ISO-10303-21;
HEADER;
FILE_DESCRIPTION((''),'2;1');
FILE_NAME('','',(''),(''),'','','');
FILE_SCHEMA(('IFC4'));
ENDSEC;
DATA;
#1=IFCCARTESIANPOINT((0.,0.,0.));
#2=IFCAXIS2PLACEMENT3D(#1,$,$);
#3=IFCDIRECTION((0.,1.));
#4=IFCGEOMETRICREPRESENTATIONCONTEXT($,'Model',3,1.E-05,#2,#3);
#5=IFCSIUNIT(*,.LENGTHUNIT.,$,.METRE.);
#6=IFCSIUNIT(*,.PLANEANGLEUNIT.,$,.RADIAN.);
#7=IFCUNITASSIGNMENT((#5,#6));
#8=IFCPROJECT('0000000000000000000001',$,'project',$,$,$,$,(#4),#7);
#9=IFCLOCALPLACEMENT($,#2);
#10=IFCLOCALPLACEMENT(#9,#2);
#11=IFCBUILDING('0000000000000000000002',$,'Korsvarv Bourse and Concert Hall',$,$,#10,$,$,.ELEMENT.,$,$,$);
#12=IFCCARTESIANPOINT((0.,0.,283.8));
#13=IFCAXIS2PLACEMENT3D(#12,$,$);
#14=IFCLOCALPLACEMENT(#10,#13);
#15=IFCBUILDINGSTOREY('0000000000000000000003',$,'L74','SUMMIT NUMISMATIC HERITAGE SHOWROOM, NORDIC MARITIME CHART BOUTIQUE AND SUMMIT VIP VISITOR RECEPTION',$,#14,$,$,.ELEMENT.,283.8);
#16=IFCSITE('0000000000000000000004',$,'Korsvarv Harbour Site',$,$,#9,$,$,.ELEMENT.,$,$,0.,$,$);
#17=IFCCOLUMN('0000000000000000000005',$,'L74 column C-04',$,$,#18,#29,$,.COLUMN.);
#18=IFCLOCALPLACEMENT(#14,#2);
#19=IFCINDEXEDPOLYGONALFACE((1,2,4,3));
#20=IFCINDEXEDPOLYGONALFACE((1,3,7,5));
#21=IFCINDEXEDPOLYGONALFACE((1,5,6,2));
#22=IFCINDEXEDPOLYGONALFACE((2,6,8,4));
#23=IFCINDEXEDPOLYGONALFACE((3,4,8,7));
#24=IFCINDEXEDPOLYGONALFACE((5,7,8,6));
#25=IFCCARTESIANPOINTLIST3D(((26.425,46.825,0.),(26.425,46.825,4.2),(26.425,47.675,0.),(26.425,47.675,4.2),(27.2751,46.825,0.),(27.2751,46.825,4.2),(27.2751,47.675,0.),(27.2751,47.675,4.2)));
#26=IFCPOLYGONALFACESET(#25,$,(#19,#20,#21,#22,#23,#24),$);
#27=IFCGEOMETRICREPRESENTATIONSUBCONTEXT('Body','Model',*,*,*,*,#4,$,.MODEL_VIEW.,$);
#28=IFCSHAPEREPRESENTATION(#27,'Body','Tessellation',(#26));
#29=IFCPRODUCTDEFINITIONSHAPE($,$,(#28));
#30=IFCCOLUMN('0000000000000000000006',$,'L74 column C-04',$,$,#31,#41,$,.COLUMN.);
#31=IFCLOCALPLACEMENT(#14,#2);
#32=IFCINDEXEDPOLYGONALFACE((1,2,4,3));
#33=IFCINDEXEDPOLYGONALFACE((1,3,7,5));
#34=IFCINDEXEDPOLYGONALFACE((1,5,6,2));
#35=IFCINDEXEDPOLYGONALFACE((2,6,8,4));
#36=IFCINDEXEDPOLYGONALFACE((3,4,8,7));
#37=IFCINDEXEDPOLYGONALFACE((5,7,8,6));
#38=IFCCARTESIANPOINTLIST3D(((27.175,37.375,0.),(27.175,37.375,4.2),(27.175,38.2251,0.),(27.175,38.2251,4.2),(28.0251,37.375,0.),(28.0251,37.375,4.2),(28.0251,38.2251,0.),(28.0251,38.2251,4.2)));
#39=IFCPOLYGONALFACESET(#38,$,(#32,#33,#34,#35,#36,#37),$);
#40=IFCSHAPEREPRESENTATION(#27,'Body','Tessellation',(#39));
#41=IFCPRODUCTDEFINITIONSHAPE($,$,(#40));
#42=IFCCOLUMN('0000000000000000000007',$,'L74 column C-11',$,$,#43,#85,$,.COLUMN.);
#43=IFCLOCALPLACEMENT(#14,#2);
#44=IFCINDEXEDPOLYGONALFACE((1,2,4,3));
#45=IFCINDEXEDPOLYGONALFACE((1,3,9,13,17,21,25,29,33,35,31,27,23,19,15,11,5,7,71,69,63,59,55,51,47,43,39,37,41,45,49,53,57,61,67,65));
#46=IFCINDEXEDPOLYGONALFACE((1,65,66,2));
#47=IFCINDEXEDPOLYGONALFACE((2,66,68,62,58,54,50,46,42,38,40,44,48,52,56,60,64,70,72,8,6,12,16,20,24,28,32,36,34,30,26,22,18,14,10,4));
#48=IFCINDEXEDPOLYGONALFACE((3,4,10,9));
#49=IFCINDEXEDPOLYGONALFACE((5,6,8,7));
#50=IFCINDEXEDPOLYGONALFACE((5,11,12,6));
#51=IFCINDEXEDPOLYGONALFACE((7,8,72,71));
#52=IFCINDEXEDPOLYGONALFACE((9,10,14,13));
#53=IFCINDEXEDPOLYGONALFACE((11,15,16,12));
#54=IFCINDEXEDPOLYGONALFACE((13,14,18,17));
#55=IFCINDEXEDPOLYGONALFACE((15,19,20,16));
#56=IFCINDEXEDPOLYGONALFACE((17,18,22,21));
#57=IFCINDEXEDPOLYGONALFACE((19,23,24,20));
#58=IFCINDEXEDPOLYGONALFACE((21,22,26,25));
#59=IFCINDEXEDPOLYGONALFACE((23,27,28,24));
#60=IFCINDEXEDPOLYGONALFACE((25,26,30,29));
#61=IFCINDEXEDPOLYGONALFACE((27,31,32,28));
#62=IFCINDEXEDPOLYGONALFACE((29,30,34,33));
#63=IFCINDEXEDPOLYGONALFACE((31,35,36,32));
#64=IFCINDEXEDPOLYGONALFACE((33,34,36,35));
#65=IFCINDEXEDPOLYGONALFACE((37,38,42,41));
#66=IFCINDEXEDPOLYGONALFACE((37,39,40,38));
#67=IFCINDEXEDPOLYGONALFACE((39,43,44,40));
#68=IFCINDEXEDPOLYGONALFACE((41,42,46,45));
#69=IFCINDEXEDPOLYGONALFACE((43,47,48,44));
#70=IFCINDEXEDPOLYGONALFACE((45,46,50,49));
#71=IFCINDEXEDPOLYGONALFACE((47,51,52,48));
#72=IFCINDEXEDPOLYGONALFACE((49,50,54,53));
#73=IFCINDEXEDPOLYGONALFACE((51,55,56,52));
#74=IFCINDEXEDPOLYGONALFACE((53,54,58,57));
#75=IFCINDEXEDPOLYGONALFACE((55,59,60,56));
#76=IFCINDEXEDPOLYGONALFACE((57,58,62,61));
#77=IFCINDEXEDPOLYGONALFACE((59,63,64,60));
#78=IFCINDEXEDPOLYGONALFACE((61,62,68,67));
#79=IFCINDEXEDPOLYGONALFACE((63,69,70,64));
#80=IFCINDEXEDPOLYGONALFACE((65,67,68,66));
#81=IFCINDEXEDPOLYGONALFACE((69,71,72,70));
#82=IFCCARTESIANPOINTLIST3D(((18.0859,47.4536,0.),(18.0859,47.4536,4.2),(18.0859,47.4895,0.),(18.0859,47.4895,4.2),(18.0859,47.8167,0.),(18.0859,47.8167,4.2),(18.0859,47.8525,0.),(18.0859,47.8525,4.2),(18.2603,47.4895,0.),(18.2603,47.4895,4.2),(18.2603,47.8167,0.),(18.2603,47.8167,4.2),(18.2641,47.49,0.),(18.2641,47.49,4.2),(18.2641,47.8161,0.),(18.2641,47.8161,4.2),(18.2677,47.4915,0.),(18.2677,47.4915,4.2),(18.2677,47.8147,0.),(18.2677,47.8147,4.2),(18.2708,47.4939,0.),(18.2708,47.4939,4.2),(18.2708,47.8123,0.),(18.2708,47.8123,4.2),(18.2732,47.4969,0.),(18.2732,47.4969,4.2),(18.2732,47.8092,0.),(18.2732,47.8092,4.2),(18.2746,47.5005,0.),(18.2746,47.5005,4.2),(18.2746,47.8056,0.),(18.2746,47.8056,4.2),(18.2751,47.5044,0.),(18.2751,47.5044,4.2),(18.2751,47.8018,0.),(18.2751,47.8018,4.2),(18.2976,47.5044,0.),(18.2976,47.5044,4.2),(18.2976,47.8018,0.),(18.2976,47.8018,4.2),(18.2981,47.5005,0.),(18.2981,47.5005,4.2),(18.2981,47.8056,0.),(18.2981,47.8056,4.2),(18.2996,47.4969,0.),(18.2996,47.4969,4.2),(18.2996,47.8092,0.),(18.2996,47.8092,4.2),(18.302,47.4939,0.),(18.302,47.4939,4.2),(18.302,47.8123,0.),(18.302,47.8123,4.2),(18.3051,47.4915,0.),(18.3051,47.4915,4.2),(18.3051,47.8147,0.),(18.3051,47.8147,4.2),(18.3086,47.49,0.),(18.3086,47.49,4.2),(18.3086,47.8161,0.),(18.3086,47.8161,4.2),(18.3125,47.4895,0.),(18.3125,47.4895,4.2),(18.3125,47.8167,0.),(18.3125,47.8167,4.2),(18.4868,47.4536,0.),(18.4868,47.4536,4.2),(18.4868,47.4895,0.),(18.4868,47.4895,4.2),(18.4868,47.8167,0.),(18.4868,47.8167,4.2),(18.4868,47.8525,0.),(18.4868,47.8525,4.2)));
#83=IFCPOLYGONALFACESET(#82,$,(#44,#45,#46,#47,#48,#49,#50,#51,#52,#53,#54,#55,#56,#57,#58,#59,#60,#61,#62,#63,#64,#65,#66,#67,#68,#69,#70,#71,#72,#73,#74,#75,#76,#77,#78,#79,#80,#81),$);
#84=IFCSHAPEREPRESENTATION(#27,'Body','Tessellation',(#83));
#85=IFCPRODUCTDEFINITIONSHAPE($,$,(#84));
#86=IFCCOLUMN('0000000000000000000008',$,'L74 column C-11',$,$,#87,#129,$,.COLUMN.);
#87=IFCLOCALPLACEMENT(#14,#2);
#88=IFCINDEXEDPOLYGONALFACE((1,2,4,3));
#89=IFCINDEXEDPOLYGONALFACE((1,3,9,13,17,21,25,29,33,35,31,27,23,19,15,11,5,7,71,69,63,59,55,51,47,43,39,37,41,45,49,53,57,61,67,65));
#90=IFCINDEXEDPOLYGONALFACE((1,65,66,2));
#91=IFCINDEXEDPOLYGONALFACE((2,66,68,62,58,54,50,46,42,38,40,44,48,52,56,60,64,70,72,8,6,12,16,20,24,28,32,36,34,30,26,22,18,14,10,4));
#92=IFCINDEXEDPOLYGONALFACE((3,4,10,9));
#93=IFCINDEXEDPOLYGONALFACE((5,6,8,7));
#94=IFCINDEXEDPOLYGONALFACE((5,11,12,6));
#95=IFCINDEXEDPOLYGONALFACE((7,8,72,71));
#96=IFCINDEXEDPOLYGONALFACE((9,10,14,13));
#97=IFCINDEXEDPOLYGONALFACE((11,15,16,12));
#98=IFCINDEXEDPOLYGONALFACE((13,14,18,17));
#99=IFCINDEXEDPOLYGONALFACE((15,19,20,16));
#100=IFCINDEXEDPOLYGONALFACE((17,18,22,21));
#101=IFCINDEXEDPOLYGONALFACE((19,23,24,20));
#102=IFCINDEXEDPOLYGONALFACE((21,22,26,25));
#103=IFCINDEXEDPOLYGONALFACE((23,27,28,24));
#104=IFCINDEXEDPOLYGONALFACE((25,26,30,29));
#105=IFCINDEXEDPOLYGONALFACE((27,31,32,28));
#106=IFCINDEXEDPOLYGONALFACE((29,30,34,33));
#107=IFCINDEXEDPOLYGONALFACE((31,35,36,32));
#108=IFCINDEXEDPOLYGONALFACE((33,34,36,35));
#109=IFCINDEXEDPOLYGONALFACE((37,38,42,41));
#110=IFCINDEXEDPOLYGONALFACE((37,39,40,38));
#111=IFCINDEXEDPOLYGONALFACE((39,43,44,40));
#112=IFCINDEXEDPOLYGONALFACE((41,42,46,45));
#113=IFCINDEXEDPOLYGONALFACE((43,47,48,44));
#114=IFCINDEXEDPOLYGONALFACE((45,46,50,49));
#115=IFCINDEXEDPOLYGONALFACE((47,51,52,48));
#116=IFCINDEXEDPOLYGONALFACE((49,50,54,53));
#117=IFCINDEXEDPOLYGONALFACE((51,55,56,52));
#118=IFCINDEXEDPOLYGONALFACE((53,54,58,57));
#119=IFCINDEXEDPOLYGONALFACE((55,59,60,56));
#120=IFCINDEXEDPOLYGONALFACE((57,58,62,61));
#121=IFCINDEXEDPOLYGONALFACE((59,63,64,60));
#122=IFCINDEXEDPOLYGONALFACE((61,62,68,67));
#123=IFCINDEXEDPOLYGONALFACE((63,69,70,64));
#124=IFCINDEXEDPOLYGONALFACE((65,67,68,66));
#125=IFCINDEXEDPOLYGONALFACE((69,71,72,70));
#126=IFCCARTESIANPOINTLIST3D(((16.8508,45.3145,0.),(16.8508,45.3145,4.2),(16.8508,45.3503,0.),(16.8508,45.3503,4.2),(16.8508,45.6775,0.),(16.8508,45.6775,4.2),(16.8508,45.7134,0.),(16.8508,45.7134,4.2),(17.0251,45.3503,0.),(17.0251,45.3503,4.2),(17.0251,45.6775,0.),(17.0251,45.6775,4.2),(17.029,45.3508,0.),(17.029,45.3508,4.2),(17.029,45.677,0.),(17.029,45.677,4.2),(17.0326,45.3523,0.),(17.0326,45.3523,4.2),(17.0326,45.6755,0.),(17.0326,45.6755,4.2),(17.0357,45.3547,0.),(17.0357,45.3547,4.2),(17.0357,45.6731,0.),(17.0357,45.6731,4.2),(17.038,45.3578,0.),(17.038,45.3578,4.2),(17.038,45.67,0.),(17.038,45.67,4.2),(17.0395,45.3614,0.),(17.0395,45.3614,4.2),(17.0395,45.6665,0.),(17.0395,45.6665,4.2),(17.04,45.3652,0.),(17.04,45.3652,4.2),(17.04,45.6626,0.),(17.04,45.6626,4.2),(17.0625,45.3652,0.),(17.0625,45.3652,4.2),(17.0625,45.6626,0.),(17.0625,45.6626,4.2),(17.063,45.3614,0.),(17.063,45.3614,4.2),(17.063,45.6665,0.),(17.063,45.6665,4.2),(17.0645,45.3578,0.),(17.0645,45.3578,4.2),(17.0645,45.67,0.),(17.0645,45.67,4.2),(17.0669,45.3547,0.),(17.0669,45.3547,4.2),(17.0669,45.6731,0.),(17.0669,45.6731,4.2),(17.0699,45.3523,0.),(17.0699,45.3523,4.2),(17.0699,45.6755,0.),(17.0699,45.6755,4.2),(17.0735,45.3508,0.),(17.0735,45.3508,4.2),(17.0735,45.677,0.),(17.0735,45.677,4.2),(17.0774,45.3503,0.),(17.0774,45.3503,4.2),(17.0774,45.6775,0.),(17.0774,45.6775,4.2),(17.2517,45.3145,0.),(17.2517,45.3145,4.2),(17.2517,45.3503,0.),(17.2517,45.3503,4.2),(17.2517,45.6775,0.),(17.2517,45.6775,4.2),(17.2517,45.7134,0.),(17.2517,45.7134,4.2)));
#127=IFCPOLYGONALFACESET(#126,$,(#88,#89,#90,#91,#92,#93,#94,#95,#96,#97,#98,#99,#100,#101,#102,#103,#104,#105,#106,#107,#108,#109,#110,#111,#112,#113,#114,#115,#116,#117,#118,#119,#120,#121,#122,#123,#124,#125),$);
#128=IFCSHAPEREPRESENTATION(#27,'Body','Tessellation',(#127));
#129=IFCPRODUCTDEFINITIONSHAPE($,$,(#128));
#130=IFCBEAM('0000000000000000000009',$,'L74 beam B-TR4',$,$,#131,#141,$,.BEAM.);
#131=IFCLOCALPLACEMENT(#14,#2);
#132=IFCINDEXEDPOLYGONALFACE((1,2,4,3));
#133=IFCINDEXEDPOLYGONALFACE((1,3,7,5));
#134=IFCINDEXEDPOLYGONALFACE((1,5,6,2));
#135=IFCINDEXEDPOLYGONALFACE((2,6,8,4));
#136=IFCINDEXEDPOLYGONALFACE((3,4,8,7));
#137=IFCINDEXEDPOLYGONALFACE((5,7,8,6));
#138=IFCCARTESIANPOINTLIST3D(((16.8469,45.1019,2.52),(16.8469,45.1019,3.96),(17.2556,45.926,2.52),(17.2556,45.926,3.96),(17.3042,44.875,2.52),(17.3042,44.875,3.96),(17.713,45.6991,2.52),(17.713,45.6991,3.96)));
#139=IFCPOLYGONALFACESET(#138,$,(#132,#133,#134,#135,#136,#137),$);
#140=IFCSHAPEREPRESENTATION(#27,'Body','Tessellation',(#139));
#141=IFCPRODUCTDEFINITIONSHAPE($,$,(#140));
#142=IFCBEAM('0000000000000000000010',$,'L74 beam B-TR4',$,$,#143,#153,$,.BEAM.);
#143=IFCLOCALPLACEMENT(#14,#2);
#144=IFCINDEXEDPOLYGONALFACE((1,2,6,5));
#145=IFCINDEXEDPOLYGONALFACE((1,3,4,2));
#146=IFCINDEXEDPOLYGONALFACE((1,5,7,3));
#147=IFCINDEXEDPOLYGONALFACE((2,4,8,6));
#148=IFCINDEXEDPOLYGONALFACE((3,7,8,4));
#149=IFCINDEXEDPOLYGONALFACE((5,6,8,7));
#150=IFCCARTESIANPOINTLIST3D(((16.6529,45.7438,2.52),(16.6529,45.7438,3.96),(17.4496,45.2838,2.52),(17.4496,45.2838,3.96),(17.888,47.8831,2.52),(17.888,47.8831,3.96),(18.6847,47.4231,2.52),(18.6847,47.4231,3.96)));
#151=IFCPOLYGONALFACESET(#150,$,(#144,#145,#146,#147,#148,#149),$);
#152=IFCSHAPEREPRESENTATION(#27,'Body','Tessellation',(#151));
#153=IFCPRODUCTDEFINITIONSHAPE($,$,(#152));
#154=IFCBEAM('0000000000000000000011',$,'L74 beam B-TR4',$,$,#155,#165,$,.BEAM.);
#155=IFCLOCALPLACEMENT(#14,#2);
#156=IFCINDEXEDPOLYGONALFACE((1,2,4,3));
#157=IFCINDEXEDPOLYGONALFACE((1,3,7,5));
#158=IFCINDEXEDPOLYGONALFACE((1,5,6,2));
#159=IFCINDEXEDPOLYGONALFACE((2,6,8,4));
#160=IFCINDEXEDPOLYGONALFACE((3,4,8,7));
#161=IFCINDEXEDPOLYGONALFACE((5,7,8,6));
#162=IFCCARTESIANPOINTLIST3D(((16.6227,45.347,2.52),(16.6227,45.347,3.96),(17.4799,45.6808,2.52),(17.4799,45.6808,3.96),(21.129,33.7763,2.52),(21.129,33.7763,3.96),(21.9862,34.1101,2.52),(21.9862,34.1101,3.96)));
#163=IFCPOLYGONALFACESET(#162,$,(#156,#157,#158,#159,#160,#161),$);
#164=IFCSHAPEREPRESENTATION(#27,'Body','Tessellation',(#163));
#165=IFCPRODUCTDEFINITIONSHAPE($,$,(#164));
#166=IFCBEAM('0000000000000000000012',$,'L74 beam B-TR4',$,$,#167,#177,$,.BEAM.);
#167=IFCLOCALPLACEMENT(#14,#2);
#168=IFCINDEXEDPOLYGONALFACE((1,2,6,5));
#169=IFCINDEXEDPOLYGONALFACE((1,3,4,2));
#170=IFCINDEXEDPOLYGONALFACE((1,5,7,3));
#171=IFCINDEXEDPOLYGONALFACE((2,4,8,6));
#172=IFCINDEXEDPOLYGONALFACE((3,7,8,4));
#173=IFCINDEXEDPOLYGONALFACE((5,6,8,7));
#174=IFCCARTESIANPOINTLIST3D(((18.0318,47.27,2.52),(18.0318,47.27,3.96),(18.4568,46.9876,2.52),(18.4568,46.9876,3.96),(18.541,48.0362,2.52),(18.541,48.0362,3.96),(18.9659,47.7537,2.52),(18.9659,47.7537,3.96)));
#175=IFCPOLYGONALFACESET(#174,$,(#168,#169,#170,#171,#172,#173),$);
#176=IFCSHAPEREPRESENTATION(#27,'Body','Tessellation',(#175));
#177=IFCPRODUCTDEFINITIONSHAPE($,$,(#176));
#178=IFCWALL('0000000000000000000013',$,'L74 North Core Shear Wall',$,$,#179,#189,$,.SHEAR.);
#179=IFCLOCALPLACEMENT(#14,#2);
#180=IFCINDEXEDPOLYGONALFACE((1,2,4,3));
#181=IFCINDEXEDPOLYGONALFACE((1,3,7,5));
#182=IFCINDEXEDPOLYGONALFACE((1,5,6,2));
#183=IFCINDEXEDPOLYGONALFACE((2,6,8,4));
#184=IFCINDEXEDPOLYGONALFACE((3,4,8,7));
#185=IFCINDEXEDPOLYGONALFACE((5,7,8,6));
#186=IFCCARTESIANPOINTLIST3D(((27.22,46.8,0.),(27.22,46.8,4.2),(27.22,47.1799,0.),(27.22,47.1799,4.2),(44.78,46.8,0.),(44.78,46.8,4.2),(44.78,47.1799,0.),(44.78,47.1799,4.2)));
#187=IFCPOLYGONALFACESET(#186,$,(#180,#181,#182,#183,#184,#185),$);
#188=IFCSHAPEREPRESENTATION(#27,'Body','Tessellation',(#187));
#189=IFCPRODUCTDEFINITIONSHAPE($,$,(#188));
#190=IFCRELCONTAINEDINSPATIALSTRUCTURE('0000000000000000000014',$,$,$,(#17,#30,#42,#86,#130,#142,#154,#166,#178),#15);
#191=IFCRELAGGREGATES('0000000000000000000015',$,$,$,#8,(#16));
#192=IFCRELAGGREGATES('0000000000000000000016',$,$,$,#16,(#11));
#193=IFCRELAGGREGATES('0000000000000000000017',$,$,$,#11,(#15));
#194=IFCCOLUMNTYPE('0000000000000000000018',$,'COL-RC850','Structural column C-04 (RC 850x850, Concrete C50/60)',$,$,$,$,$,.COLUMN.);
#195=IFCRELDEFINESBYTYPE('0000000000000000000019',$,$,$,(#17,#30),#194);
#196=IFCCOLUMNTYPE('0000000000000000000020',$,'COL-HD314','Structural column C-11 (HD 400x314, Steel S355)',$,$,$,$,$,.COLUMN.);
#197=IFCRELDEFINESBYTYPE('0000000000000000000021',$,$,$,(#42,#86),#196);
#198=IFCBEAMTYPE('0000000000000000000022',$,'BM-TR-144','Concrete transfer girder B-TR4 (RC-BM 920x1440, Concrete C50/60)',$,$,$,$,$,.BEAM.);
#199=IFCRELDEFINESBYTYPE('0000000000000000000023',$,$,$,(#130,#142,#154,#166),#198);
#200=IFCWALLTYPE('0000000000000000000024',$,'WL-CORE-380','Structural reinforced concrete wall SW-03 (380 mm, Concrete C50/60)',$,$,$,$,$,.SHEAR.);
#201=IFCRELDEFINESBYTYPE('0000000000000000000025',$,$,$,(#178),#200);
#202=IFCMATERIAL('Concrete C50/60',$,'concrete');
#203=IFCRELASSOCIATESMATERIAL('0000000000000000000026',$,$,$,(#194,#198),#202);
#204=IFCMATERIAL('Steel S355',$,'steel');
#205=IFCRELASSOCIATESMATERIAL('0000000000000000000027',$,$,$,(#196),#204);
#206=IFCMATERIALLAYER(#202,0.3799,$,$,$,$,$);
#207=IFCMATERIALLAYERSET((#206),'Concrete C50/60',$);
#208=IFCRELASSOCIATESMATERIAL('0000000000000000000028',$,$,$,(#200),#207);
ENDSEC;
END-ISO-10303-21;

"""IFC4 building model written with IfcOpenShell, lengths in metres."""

from ifc_helpers import new_model, si_unit, direction, frame, frame_2d, origin, origin_2d, place, context, subcontext, project, spatial, rectangle, i_section, extrude, source, transform, mapped, material, layer, layer_set, material_profile, profile_set, type_object, element, save


model = new_model("IFC4")

# Units and contexts
model_context = context("Model", 3, precision=1e-05, world=origin(), true_north=direction((0.0, 1.0)))
body_context = subcontext(model_context, "Body", "Model", "MODEL_VIEW")
ifc_project = project(units=[si_unit("LENGTHUNIT", "METRE"), si_unit("PLANEANGLEUNIT", "RADIAN")], contexts=[model_context])

# Site, building, storey
site_placement = place(None, origin())
site = spatial("IfcSite", under=ifc_project, at=site_placement, Name="Korsvarv Harbour Site", CompositionType="ELEMENT", RefElevation=0.0)
building_placement = place(site_placement, origin())
building = spatial("IfcBuilding", under=site, at=building_placement, Name="Korsvarv Bourse and Concert Hall", CompositionType="ELEMENT")
storey_placement = place(building_placement, frame((0.0, 0.0, 283.8)))
storey = spatial("IfcBuildingStorey", under=building, at=storey_placement, Name="L74", Description="SUMMIT NUMISMATIC HERITAGE SHOWROOM, NORDIC MARITIME CHART BOUTIQUE AND SUMMIT VIP VISITOR RECEPTION", CompositionType="ELEMENT", Elevation=283.8)

# Columns
ifc_material_1 = material(Name="Concrete C50/60", Category="concrete")
ifc_material_profile_1 = material_profile(ifc_material_1, rectangle(XDim=0.8501, YDim=0.8501, at=origin_2d()), Name="RC 850x850")
ifc_profile_set_1 = profile_set([ifc_material_profile_1], Name="Concrete C50/60")
column_type_1 = type_object("IfcColumnType", Name="COL-RC850", Description="Structural column C-04 (RC 850x850, Concrete C50/60)", PredefinedType="COLUMN", material=ifc_profile_set_1)
shared_shape_1 = source(origin(), body_context, "Body", "SweptSolid", [
    extrude(rectangle(XDim=0.8501, YDim=0.8501, at=origin_2d()), origin(), (0.0, 0.0, 1.0), 4.2),
])
for number, where, z_axis, x_axis, name in (
    (1, (26.8501, 47.25, 0.0), (0.0, 0.0, 1.0), (1.0, 0.0, 0.0), "L74 column C-04"),
    (2, (27.6001, 37.8, 0.0), (0.0, 0.0, 1.0), (1.0, 0.0, 0.0), "L74 column C-04"),
):
    element("IfcColumn", number, at=place(storey_placement, frame(where, z_axis=z_axis, x_axis=x_axis)), inside=storey, type_object=column_type_1, Name=name, PredefinedType="COLUMN", context=body_context, shape_type="MappedRepresentation", body=[
        mapped(shared_shape_1, transform((0.0, 0.0, 0.0), scale=1.0)),
    ])
ifc_material_2 = material(Name="Steel S355", Category="steel")
ifc_material_profile_2 = material_profile(ifc_material_2, i_section(OverallWidth=0.4009, OverallDepth=0.3989, WebThickness=0.0225, FlangeThickness=0.0359, FilletRadius=0.0149, at=origin_2d()), Name="HD 400x314")
ifc_profile_set_2 = profile_set([ifc_material_profile_2], Name="Steel S355")
column_type_2 = type_object("IfcColumnType", Name="COL-HD314", Description="Structural column C-11 (HD 400x314, Steel S355)", PredefinedType="COLUMN", material=ifc_profile_set_2)
shared_shape_2 = source(origin(), body_context, "Body", "SweptSolid", [
    extrude(i_section(OverallWidth=0.4009, OverallDepth=0.3989, WebThickness=0.0225, FlangeThickness=0.0359, FilletRadius=0.0149, at=origin_2d()), origin(), (0.0, 0.0, 1.0), 4.2),
])
for number, where, z_axis, x_axis, name in (
    (3, (18.2864, 47.6531, 0.0), (0.0, 0.0, 1.0), (1.0, 0.0, 0.0), "L74 column C-11"),
    (4, (17.0513, 45.5139, 0.0), (0.0, 0.0, 1.0), (1.0, 0.0, 0.0), "L74 column C-11"),
):
    element("IfcColumn", number, at=place(storey_placement, frame(where, z_axis=z_axis, x_axis=x_axis)), inside=storey, type_object=column_type_2, Name=name, PredefinedType="COLUMN", context=body_context, shape_type="MappedRepresentation", body=[
        mapped(shared_shape_2, transform((0.0, 0.0, 0.0), scale=1.0)),
    ])

# Beams
ifc_material_profile_3 = material_profile(ifc_material_1, rectangle(XDim=0.9199, YDim=1.4399, at=origin_2d()), Name="RC-BM 920x1440")
ifc_profile_set_3 = profile_set([ifc_material_profile_3], Name="Concrete C50/60")
beam_type = type_object("IfcBeamType", Name="BM-TR-144", Description="Concrete transfer girder B-TR4 (RC-BM 920x1440, Concrete C50/60)", PredefinedType="BEAM", material=ifc_profile_set_3)
shared_shape_3 = source(origin(), body_context, "Body", "SweptSolid", [
    extrude(rectangle(XDim=0.9199, YDim=1.4399, at=origin_2d()), origin(), (0.0, 0.0, 1.0), 0.5105),
])
beam_1_placement = place(storey_placement, frame((17.0513, 45.5139, 3.24), z_axis=(0.895857, -0.444341, 0.0), x_axis=(0.444341, 0.895857, 0.0)))
element("IfcBeam", 5, at=beam_1_placement, inside=storey, type_object=beam_type, Name="L74 beam B-TR4", PredefinedType="BEAM", context=body_context, shape_type="MappedRepresentation", body=[
    mapped(shared_shape_3, transform((0.0, 0.0, 0.0), scale=1.0)),
])
shared_shape_4 = source(origin(), body_context, "Body", "SweptSolid", [
    extrude(rectangle(XDim=0.9199, YDim=1.4399, at=origin_2d()), origin(), (0.0, 0.0, 1.0), 2.4702),
])
beam_2_placement = place(storey_placement, frame((18.2864, 47.6531, 3.24), z_axis=(-0.500019, -0.866014, 0.0), x_axis=(0.866014, -0.500019, 0.0)))
element("IfcBeam", 6, at=beam_2_placement, inside=storey, type_object=beam_type, Name="L74 beam B-TR4", PredefinedType="BEAM", context=body_context, shape_type="MappedRepresentation", body=[
    mapped(shared_shape_4, transform((0.0, 0.0, 0.0), scale=1.0)),
])
shared_shape_5 = source(origin(), body_context, "Body", "SweptSolid", [
    extrude(rectangle(XDim=0.9199, YDim=1.4399, at=origin_2d()), origin(), (0.0, 0.0, 1.0), 12.4172),
])
beam_3_placement = place(storey_placement, frame((17.0513, 45.5139, 3.24), z_axis=(0.362907, -0.931825, 0.0), x_axis=(0.931825, 0.362907, 0.0)))
element("IfcBeam", 7, at=beam_3_placement, inside=storey, type_object=beam_type, Name="L74 beam B-TR4", PredefinedType="BEAM", context=body_context, shape_type="MappedRepresentation", body=[
    mapped(shared_shape_5, transform((0.0, 0.0, 0.0), scale=1.0)),
])
shared_shape_6 = source(origin(), body_context, "Body", "SweptSolid", [
    extrude(rectangle(XDim=0.9199, YDim=1.4399, at=origin_2d()), origin(), (0.0, 0.0, 1.0), 0.5103),
])
beam_4_placement = place(storey_placement, frame((18.2864, 47.6531, 3.24), z_axis=(0.832859, -0.553485, 0.0), x_axis=(0.553485, 0.832859, 0.0)))
element("IfcBeam", 8, at=beam_4_placement, inside=storey, type_object=beam_type, Name="L74 beam B-TR4", PredefinedType="BEAM", context=body_context, shape_type="MappedRepresentation", body=[
    mapped(shared_shape_6, transform((0.0, 0.0, 0.0), scale=1.0)),
])

# Wall
ifc_layer_1 = layer(ifc_material_1, 0.3799)
ifc_layer_set_1 = layer_set([ifc_layer_1], Name="Concrete C50/60")
wall_type_1 = type_object("IfcWallType", Name="WL-CORE-380", Description="Structural reinforced concrete wall SW-03 (380 mm, Concrete C50/60)", PredefinedType="SHEAR", material=ifc_layer_set_1)
wall_1_placement = place(storey_placement, frame((27.22, 46.99, 0.0), z_axis=(0.0, 0.0, 1.0), x_axis=(1.0, 0.0, 0.0)))
element("IfcWall", 9, at=wall_1_placement, inside=storey, type_object=wall_type_1, Name="L74 North Core Shear Wall", PredefinedType="SHEAR", context=body_context, shape_type="SweptSolid", body=[
    extrude(rectangle(XDim=17.5601, YDim=0.3799, at=frame_2d((8.78, 0.0))), origin(), (0.0, 0.0, 1.0), 4.2),
])

save(model, "model.ifc")
